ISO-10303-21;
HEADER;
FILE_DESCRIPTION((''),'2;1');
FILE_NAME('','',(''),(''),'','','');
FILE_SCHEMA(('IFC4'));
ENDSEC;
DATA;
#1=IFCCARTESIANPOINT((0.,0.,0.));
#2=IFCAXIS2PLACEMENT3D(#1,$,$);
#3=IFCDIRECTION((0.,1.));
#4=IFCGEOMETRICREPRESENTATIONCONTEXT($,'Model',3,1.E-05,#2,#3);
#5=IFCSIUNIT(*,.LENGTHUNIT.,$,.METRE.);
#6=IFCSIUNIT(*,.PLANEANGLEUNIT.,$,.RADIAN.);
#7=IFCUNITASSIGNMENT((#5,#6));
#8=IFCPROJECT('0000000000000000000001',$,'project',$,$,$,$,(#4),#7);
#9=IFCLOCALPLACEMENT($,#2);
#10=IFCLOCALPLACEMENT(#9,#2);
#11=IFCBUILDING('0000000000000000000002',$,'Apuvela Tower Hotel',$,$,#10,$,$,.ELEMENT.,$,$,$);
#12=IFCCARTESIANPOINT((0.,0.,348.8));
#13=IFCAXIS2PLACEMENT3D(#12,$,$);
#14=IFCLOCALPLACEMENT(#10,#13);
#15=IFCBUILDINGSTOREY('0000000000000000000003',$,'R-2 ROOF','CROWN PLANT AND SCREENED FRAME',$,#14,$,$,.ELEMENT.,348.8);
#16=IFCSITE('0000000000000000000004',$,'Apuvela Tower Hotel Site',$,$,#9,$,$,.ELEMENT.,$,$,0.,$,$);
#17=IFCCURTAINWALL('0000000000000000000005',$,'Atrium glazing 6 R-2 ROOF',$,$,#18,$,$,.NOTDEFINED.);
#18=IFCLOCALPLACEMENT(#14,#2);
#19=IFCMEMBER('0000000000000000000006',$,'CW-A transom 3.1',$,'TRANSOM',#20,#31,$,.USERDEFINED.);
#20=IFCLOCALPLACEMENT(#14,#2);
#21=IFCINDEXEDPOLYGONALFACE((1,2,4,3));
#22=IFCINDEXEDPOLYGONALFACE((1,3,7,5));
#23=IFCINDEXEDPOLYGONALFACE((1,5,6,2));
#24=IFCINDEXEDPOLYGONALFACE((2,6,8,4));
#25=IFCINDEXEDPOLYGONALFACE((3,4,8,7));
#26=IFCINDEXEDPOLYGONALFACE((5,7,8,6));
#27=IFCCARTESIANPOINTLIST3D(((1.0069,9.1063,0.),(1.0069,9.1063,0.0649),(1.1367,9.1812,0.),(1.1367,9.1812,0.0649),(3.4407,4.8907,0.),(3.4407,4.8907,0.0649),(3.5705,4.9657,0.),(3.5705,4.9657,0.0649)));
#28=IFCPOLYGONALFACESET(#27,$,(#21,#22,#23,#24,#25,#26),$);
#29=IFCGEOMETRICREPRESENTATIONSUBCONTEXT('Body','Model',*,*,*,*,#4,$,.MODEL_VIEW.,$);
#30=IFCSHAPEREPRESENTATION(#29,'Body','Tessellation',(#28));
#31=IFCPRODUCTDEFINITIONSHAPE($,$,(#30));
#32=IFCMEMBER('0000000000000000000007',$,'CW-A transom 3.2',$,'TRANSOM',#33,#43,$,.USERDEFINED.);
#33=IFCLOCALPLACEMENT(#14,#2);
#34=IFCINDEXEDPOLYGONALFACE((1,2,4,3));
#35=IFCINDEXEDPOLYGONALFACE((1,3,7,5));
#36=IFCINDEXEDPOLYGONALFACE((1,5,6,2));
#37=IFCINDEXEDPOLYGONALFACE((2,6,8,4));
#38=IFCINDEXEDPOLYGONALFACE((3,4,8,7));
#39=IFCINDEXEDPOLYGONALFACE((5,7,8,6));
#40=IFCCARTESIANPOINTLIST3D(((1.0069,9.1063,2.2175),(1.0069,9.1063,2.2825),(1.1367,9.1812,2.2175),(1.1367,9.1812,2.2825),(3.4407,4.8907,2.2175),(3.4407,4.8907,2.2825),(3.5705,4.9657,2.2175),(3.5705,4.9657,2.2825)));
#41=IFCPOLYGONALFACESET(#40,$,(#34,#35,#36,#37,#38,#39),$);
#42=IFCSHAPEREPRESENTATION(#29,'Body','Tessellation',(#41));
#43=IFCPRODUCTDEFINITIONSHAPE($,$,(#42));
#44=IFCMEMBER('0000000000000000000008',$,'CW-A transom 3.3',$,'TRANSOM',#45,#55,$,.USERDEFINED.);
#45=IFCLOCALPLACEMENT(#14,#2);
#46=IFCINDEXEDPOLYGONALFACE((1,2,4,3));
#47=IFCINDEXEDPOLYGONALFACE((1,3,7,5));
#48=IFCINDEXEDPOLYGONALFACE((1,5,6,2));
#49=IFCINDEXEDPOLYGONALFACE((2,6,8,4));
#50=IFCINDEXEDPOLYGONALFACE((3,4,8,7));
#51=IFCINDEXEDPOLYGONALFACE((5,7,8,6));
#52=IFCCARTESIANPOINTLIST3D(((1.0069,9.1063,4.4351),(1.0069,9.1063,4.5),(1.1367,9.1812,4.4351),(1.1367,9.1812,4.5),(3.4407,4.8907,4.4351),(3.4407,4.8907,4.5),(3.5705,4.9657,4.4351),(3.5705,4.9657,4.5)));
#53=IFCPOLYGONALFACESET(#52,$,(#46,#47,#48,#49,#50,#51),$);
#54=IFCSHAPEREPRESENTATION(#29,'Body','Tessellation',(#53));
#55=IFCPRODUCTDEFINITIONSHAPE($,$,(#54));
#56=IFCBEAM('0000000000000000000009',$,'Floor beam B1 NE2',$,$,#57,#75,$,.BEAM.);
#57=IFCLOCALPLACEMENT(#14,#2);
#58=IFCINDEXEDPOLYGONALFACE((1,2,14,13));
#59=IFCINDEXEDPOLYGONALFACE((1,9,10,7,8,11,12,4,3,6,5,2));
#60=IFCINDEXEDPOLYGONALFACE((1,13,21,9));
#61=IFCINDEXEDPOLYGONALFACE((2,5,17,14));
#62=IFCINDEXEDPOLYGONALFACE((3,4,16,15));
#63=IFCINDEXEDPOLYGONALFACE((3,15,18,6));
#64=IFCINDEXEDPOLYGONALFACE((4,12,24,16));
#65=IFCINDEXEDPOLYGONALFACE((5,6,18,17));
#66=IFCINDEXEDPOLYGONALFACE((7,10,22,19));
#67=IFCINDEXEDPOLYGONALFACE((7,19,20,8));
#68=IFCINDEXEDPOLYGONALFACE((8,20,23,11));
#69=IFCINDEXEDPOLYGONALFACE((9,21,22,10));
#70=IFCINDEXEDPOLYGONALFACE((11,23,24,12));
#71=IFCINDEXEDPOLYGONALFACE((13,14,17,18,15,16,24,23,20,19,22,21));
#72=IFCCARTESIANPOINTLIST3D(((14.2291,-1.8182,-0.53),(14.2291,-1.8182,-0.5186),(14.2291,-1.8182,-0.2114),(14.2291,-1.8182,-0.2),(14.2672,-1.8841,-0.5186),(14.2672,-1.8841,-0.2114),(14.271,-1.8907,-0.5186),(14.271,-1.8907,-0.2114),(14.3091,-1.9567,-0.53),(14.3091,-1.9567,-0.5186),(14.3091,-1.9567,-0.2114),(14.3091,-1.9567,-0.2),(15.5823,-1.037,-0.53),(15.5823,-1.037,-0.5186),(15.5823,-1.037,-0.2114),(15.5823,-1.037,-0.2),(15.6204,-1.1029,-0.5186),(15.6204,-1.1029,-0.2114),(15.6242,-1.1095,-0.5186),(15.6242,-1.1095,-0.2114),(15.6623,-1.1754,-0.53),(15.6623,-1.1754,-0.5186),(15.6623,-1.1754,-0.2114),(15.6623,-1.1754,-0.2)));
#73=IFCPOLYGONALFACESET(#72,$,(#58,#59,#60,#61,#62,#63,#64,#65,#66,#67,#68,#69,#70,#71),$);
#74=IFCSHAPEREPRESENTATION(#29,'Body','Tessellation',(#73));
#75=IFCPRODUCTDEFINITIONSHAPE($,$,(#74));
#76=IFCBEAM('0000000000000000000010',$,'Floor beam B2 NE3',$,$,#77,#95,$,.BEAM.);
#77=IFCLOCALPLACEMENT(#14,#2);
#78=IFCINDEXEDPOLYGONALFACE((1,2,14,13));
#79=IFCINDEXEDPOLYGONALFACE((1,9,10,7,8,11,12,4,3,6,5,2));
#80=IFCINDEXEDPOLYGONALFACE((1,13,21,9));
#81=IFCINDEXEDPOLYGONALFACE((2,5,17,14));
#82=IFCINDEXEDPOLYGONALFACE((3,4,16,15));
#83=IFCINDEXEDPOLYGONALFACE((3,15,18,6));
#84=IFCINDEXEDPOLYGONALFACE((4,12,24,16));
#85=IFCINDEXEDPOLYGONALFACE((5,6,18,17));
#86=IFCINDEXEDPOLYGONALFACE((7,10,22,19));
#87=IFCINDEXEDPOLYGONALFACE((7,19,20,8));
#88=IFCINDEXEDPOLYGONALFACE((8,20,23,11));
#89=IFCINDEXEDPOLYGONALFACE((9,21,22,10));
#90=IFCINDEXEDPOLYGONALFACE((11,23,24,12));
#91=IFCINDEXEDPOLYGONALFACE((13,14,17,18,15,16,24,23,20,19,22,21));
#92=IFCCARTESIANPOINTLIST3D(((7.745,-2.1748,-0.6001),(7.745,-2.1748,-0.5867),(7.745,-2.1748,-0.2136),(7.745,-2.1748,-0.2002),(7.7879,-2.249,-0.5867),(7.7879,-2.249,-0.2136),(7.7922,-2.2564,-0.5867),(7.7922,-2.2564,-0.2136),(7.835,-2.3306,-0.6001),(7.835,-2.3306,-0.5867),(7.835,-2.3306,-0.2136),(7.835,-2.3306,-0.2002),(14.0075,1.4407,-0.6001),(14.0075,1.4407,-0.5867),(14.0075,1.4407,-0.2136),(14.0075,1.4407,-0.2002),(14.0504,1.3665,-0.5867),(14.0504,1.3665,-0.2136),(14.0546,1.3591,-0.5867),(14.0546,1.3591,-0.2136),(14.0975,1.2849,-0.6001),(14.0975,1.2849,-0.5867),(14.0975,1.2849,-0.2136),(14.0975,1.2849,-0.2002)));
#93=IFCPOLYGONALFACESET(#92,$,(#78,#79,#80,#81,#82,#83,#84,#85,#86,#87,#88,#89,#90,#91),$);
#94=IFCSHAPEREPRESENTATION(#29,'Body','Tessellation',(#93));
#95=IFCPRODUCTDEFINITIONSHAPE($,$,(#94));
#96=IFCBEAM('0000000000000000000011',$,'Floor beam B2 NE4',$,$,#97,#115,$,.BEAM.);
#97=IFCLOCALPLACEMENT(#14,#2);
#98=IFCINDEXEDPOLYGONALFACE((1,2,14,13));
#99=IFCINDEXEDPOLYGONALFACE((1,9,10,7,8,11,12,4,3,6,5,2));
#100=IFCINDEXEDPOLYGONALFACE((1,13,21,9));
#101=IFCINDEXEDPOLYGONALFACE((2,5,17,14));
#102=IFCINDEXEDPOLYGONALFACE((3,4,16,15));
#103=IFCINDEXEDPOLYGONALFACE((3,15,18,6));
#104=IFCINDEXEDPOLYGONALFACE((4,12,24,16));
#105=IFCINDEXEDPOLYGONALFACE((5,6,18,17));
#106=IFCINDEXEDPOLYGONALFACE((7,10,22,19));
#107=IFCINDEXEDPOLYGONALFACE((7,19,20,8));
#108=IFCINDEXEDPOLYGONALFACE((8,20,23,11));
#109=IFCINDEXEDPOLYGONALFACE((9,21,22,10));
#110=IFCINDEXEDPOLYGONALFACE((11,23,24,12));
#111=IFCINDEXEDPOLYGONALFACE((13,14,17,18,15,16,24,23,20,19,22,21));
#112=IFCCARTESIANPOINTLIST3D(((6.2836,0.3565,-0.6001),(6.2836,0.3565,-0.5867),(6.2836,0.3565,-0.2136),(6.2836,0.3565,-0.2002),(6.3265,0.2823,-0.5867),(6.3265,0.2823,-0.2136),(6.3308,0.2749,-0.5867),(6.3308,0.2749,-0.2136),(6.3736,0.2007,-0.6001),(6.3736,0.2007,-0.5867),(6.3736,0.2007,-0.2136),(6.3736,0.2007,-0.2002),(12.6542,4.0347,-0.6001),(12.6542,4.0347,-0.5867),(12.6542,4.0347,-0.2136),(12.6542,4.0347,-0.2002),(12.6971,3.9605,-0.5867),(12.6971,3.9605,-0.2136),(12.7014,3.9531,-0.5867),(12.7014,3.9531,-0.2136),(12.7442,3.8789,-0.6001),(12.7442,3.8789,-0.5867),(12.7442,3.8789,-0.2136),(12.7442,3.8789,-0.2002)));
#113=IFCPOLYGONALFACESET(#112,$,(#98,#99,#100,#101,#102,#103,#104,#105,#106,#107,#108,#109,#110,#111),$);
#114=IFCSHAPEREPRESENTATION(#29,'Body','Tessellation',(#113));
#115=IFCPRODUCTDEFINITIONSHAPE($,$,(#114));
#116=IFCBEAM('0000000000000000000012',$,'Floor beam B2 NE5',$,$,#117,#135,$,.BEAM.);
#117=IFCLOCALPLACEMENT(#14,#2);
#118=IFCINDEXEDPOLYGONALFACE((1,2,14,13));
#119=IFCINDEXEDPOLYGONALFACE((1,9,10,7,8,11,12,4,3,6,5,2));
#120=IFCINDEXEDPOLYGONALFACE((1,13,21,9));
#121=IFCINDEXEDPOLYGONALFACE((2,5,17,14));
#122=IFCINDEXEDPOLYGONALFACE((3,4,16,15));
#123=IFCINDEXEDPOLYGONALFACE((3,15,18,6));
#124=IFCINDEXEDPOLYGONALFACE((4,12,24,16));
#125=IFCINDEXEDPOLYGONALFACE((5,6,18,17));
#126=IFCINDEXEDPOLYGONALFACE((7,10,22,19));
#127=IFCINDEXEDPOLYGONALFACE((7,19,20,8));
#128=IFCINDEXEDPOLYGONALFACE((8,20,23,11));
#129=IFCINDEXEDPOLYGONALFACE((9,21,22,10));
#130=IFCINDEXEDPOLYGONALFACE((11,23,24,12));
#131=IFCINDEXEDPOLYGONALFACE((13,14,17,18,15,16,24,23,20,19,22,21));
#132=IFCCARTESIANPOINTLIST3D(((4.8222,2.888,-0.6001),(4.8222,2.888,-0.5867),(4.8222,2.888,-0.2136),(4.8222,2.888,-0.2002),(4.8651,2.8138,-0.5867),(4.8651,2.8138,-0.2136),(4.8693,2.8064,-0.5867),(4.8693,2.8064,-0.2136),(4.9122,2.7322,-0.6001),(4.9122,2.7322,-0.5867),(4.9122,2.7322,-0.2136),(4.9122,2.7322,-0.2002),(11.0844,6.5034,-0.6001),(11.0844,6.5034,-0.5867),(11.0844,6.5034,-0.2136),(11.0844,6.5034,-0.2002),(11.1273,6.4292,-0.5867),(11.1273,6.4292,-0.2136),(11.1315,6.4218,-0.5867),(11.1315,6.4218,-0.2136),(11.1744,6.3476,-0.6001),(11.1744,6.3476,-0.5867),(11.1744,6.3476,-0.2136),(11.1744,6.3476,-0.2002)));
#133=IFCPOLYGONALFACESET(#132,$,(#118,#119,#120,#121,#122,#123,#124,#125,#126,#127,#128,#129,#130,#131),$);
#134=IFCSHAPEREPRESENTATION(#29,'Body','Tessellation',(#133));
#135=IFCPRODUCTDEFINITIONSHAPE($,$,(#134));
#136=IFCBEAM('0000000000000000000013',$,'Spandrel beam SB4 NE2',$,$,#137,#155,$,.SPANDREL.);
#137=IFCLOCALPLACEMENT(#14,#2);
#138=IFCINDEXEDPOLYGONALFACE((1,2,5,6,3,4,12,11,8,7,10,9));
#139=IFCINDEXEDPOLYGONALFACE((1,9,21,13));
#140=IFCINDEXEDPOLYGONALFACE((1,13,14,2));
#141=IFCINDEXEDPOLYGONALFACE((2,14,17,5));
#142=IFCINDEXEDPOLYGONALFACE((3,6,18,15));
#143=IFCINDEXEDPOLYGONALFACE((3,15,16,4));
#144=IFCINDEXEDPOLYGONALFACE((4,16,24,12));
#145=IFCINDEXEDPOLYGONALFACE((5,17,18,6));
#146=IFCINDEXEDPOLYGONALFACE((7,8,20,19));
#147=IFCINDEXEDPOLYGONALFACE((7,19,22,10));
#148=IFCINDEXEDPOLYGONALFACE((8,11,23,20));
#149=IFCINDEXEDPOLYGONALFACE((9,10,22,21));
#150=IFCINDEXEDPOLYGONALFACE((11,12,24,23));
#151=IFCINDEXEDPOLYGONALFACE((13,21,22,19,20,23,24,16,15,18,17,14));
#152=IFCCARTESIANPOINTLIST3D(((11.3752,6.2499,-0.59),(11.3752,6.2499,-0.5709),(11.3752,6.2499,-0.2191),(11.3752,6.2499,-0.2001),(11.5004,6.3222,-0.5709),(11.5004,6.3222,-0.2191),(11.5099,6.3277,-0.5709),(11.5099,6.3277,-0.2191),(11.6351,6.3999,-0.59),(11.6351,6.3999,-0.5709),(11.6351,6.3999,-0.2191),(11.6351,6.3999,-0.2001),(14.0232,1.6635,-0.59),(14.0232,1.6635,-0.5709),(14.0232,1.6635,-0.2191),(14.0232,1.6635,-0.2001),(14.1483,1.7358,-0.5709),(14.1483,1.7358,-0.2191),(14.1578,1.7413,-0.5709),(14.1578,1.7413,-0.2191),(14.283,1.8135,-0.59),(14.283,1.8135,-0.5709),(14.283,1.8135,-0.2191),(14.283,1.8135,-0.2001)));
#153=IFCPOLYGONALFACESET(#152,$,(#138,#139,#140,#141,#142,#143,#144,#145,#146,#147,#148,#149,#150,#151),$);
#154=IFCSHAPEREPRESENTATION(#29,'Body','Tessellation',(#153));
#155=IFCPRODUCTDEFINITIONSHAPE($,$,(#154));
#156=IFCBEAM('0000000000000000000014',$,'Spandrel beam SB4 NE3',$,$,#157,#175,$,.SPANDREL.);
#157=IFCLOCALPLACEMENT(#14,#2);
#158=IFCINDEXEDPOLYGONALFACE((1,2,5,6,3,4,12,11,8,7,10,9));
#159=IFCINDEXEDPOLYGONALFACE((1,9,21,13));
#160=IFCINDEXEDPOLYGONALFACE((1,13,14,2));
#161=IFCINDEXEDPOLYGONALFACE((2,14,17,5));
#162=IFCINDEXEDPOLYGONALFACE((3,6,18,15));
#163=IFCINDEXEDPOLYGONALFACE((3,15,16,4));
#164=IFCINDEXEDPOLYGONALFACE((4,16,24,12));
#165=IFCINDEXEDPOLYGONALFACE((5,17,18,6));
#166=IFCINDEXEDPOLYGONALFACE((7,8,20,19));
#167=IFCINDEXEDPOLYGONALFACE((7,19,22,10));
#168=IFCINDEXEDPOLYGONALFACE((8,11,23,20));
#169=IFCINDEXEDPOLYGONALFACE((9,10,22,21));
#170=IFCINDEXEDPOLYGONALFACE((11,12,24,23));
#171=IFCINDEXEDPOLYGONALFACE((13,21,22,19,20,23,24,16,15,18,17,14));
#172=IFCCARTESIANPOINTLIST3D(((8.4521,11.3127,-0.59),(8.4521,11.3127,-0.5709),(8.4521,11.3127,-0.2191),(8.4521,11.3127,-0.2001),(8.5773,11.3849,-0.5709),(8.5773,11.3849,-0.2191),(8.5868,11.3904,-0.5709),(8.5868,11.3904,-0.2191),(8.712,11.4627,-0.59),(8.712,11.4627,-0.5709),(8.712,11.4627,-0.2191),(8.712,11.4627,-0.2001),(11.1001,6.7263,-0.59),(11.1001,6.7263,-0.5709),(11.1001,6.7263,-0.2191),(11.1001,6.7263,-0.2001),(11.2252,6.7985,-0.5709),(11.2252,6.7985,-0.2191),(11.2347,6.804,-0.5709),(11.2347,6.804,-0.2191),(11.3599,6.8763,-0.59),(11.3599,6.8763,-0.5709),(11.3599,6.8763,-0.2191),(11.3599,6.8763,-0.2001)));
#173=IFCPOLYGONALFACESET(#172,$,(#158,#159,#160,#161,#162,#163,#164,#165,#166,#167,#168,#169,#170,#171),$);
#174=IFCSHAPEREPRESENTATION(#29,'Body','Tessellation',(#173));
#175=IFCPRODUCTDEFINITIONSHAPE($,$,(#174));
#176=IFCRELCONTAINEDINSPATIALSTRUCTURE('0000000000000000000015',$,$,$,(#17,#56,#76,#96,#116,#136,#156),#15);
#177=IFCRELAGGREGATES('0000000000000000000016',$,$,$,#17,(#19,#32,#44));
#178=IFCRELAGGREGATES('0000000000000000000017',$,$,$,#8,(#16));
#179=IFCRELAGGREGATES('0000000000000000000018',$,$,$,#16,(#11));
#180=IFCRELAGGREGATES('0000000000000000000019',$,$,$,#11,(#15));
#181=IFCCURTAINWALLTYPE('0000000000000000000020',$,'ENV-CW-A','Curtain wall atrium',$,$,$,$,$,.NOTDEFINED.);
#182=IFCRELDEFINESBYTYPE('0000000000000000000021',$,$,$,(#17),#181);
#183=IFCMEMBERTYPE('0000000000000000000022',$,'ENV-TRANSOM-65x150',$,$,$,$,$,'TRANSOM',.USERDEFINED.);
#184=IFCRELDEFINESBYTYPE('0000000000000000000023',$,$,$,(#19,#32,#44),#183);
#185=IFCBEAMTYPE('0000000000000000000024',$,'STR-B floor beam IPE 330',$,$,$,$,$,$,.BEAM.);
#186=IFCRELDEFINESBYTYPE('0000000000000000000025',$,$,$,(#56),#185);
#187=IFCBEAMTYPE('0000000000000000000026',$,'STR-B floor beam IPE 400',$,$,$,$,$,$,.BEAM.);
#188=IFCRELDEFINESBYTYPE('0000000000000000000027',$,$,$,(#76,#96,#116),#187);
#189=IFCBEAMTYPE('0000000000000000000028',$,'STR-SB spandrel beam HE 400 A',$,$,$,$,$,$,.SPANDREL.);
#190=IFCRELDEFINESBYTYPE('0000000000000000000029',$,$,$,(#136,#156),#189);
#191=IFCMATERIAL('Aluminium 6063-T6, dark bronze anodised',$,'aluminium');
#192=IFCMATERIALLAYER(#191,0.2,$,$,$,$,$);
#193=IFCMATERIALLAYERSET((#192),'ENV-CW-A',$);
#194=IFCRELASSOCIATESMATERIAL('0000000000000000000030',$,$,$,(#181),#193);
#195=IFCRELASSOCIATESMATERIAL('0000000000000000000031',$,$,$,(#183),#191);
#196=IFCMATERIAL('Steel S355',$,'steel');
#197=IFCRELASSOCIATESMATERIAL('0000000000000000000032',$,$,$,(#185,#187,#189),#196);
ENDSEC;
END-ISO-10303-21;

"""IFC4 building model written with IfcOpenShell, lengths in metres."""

from ifc_helpers import new_model, si_unit, direction, frame, origin, origin_2d, place, context, subcontext, project, spatial, rectangle, i_section, extrude, material, layer, layer_set, material_profile, profile_set, type_object, element, aggregate, save


model = new_model("IFC4")

# Units and contexts
model_context = context("Model", 3, precision=1e-05, world=origin(), true_north=direction((0.0, 1.0)))
body_context = subcontext(model_context, "Body", "Model", "MODEL_VIEW")
ifc_project = project(units=[si_unit("LENGTHUNIT", "METRE"), si_unit("PLANEANGLEUNIT", "RADIAN")], contexts=[model_context])

# Site, building, storey
site_placement = place(None, origin())
site = spatial("IfcSite", under=ifc_project, at=site_placement, Name="Apuvela Tower Hotel Site", CompositionType="ELEMENT", RefElevation=0.0)
building_placement = place(site_placement, origin())
building = spatial("IfcBuilding", under=site, at=building_placement, Name="Apuvela Tower Hotel", CompositionType="ELEMENT")
storey_placement = place(building_placement, frame((0.0, 0.0, 348.8)))
storey = spatial("IfcBuildingStorey", under=building, at=storey_placement, Name="R-2 ROOF", Description="CROWN PLANT AND SCREENED FRAME", CompositionType="ELEMENT", Elevation=348.8)

# Shared definitions
ifc_material_1 = material(Name="Aluminium 6063-T6, dark bronze anodised", Category="aluminium")

# Curtain wall, members
ifc_layer_1 = layer(ifc_material_1, 0.2)
ifc_layer_set_1 = layer_set([ifc_layer_1], Name="ENV-CW-A")
curtain_wall_type_1 = type_object("IfcCurtainWallType", Name="ENV-CW-A", Description="Curtain wall atrium", PredefinedType="NOTDEFINED", material=ifc_layer_set_1)
curtain_wall_1_placement = place(storey_placement, origin())
curtain_wall_1 = element("IfcCurtainWall", 1, at=curtain_wall_1_placement, inside=storey, type_object=curtain_wall_type_1, Name="Atrium glazing 6 R-2 ROOF", PredefinedType="NOTDEFINED")
ifc_material_profile_1 = material_profile(ifc_material_1, rectangle(XDim=0.1499, YDim=0.0649, at=origin_2d()), Name="AL 65x150 transom")
ifc_profile_set_1 = profile_set([ifc_material_profile_1], Name="Aluminium 6063-T6, dark bronze anodised")
member_type_1 = type_object("IfcMemberType", Name="ENV-TRANSOM-65x150", ElementType="TRANSOM", PredefinedType="USERDEFINED", material=ifc_profile_set_1)
member_1_placement = place(storey_placement, frame((3.5056, 4.9282, 0.0325), z_axis=(-0.499996, 0.866028, 0.0), x_axis=(-0.866028, -0.499996, 0.0)))
member_1 = element("IfcMember", 2, at=member_1_placement, type_object=member_type_1, Name="CW-A transom 3.1", ObjectType="TRANSOM", PredefinedType="USERDEFINED", context=body_context, shape_type="SweptSolid", body=[
    extrude(rectangle(XDim=0.1499, YDim=0.0649, at=origin_2d()), origin(), (0.0, 0.0, 1.0), 4.8677),
])
member_2_placement = place(storey_placement, frame((3.5056, 4.9282, 2.25), z_axis=(-0.499996, 0.866028, 0.0), x_axis=(-0.866028, -0.499996, 0.0)))
member_2 = element("IfcMember", 3, at=member_2_placement, type_object=member_type_1, Name="CW-A transom 3.2", ObjectType="TRANSOM", PredefinedType="USERDEFINED", context=body_context, shape_type="SweptSolid", body=[
    extrude(rectangle(XDim=0.1499, YDim=0.0649, at=origin_2d()), origin(), (0.0, 0.0, 1.0), 4.8677),
])
member_3_placement = place(storey_placement, frame((3.5056, 4.9282, 4.4675), z_axis=(-0.499996, 0.866028, 0.0), x_axis=(-0.866028, -0.499996, 0.0)))
member_3 = element("IfcMember", 4, at=member_3_placement, type_object=member_type_1, Name="CW-A transom 3.3", ObjectType="TRANSOM", PredefinedType="USERDEFINED", context=body_context, shape_type="SweptSolid", body=[
    extrude(rectangle(XDim=0.1499, YDim=0.0649, at=origin_2d()), origin(), (0.0, 0.0, 1.0), 4.8677),
])

# Beams
ifc_material_2 = material(Name="Steel S355", Category="steel")
ifc_material_profile_2 = material_profile(ifc_material_2, i_section(OverallWidth=0.1599, OverallDepth=0.3301, WebThickness=0.0076, FlangeThickness=0.0115, at=origin_2d()), Name="IPE 330")
ifc_profile_set_2 = profile_set([ifc_material_profile_2], Name="Steel S355")
beam_type_1 = type_object("IfcBeamType", Name="STR-B floor beam IPE 330", PredefinedType="BEAM", material=ifc_profile_set_2)
beam_1_placement = place(storey_placement, frame((15.6223, -1.1062, -0.365), z_axis=(-0.866042, -0.49997, 0.0), x_axis=(0.49997, -0.866042, 0.0)))
element("IfcBeam", 5, at=beam_1_placement, inside=storey, type_object=beam_type_1, Name="Floor beam B1 NE2", PredefinedType="BEAM", context=body_context, shape_type="SweptSolid", body=[
    extrude(i_section(OverallWidth=0.1599, OverallDepth=0.3301, WebThickness=0.0076, FlangeThickness=0.0115, at=origin_2d()), origin(), (0.0, 0.0, 1.0), 1.5625),
])
ifc_material_profile_3 = material_profile(ifc_material_2, i_section(OverallWidth=0.1799, OverallDepth=0.3999, WebThickness=0.0085, FlangeThickness=0.0134, at=origin_2d()), Name="IPE 400")
ifc_profile_set_3 = profile_set([ifc_material_profile_3], Name="Steel S355")
beam_type_2 = type_object("IfcBeamType", Name="STR-B floor beam IPE 400", PredefinedType="BEAM", material=ifc_profile_set_3)
beam_2_placement = place(storey_placement, frame((14.0525, 1.3628, -0.4001), z_axis=(-0.866034, -0.499985, 0.0), x_axis=(0.499985, -0.866034, 0.0)))
element("IfcBeam", 6, at=beam_2_placement, inside=storey, type_object=beam_type_2, Name="Floor beam B2 NE3", PredefinedType="BEAM", context=body_context, shape_type="SweptSolid", body=[
    extrude(i_section(OverallWidth=0.1799, OverallDepth=0.3999, WebThickness=0.0085, FlangeThickness=0.0134, at=origin_2d()), origin(), (0.0, 0.0, 1.0), 7.2312),
])
beam_3_placement = place(storey_placement, frame((12.6992, 3.9568, -0.4001), z_axis=(-0.866016, -0.500015, 0.0), x_axis=(0.500015, -0.866016, 0.0)))
element("IfcBeam", 7, at=beam_3_placement, inside=storey, type_object=beam_type_2, Name="Floor beam B2 NE4", PredefinedType="BEAM", context=body_context, shape_type="SweptSolid", body=[
    extrude(i_section(OverallWidth=0.1799, OverallDepth=0.3999, WebThickness=0.0085, FlangeThickness=0.0134, at=origin_2d()), origin(), (0.0, 0.0, 1.0), 7.3562),
])
beam_4_placement = place(storey_placement, frame((11.1294, 6.4255, -0.4001), z_axis=(-0.866026, -0.499999, 0.0), x_axis=(0.499999, -0.866026, 0.0)))
element("IfcBeam", 8, at=beam_4_placement, inside=storey, type_object=beam_type_2, Name="Floor beam B2 NE5", PredefinedType="BEAM", context=body_context, shape_type="SweptSolid", body=[
    extrude(i_section(OverallWidth=0.1799, OverallDepth=0.3999, WebThickness=0.0085, FlangeThickness=0.0134, at=origin_2d()), origin(), (0.0, 0.0, 1.0), 7.231),
])
ifc_material_profile_4 = material_profile(ifc_material_2, i_section(OverallWidth=0.3, OverallDepth=0.3899, WebThickness=0.011, FlangeThickness=0.019, at=origin_2d()), Name="HE 400 A")
ifc_profile_set_4 = profile_set([ifc_material_profile_4], Name="Steel S355")
beam_type_3 = type_object("IfcBeamType", Name="STR-SB spandrel beam HE 400 A", PredefinedType="SPANDREL", material=ifc_profile_set_4)
for number, where, z_axis, x_axis, name in (
    (9, (14.1531, 1.7385, -0.395), (-0.499996, 0.866027, 0.0), (-0.866027, -0.499996, 0.0), "Spandrel beam SB4 NE2"),
    (10, (11.23, 6.8013, -0.395), (-0.499996, 0.866027, 0.0), (-0.866027, -0.499996, 0.0), "Spandrel beam SB4 NE3"),
):
    element("IfcBeam", number, at=place(storey_placement, frame(where, z_axis=z_axis, x_axis=x_axis)), inside=storey, type_object=beam_type_3, Name=name, PredefinedType="SPANDREL", context=body_context, shape_type="SweptSolid", body=[
        extrude(i_section(OverallWidth=0.3, OverallDepth=0.3899, WebThickness=0.011, FlangeThickness=0.019, at=origin_2d()), origin(), (0.0, 0.0, 1.0), 5.2959),
    ])

aggregate(curtain_wall_1, [member_1, member_2, member_3])

save(model, "model.ifc")
